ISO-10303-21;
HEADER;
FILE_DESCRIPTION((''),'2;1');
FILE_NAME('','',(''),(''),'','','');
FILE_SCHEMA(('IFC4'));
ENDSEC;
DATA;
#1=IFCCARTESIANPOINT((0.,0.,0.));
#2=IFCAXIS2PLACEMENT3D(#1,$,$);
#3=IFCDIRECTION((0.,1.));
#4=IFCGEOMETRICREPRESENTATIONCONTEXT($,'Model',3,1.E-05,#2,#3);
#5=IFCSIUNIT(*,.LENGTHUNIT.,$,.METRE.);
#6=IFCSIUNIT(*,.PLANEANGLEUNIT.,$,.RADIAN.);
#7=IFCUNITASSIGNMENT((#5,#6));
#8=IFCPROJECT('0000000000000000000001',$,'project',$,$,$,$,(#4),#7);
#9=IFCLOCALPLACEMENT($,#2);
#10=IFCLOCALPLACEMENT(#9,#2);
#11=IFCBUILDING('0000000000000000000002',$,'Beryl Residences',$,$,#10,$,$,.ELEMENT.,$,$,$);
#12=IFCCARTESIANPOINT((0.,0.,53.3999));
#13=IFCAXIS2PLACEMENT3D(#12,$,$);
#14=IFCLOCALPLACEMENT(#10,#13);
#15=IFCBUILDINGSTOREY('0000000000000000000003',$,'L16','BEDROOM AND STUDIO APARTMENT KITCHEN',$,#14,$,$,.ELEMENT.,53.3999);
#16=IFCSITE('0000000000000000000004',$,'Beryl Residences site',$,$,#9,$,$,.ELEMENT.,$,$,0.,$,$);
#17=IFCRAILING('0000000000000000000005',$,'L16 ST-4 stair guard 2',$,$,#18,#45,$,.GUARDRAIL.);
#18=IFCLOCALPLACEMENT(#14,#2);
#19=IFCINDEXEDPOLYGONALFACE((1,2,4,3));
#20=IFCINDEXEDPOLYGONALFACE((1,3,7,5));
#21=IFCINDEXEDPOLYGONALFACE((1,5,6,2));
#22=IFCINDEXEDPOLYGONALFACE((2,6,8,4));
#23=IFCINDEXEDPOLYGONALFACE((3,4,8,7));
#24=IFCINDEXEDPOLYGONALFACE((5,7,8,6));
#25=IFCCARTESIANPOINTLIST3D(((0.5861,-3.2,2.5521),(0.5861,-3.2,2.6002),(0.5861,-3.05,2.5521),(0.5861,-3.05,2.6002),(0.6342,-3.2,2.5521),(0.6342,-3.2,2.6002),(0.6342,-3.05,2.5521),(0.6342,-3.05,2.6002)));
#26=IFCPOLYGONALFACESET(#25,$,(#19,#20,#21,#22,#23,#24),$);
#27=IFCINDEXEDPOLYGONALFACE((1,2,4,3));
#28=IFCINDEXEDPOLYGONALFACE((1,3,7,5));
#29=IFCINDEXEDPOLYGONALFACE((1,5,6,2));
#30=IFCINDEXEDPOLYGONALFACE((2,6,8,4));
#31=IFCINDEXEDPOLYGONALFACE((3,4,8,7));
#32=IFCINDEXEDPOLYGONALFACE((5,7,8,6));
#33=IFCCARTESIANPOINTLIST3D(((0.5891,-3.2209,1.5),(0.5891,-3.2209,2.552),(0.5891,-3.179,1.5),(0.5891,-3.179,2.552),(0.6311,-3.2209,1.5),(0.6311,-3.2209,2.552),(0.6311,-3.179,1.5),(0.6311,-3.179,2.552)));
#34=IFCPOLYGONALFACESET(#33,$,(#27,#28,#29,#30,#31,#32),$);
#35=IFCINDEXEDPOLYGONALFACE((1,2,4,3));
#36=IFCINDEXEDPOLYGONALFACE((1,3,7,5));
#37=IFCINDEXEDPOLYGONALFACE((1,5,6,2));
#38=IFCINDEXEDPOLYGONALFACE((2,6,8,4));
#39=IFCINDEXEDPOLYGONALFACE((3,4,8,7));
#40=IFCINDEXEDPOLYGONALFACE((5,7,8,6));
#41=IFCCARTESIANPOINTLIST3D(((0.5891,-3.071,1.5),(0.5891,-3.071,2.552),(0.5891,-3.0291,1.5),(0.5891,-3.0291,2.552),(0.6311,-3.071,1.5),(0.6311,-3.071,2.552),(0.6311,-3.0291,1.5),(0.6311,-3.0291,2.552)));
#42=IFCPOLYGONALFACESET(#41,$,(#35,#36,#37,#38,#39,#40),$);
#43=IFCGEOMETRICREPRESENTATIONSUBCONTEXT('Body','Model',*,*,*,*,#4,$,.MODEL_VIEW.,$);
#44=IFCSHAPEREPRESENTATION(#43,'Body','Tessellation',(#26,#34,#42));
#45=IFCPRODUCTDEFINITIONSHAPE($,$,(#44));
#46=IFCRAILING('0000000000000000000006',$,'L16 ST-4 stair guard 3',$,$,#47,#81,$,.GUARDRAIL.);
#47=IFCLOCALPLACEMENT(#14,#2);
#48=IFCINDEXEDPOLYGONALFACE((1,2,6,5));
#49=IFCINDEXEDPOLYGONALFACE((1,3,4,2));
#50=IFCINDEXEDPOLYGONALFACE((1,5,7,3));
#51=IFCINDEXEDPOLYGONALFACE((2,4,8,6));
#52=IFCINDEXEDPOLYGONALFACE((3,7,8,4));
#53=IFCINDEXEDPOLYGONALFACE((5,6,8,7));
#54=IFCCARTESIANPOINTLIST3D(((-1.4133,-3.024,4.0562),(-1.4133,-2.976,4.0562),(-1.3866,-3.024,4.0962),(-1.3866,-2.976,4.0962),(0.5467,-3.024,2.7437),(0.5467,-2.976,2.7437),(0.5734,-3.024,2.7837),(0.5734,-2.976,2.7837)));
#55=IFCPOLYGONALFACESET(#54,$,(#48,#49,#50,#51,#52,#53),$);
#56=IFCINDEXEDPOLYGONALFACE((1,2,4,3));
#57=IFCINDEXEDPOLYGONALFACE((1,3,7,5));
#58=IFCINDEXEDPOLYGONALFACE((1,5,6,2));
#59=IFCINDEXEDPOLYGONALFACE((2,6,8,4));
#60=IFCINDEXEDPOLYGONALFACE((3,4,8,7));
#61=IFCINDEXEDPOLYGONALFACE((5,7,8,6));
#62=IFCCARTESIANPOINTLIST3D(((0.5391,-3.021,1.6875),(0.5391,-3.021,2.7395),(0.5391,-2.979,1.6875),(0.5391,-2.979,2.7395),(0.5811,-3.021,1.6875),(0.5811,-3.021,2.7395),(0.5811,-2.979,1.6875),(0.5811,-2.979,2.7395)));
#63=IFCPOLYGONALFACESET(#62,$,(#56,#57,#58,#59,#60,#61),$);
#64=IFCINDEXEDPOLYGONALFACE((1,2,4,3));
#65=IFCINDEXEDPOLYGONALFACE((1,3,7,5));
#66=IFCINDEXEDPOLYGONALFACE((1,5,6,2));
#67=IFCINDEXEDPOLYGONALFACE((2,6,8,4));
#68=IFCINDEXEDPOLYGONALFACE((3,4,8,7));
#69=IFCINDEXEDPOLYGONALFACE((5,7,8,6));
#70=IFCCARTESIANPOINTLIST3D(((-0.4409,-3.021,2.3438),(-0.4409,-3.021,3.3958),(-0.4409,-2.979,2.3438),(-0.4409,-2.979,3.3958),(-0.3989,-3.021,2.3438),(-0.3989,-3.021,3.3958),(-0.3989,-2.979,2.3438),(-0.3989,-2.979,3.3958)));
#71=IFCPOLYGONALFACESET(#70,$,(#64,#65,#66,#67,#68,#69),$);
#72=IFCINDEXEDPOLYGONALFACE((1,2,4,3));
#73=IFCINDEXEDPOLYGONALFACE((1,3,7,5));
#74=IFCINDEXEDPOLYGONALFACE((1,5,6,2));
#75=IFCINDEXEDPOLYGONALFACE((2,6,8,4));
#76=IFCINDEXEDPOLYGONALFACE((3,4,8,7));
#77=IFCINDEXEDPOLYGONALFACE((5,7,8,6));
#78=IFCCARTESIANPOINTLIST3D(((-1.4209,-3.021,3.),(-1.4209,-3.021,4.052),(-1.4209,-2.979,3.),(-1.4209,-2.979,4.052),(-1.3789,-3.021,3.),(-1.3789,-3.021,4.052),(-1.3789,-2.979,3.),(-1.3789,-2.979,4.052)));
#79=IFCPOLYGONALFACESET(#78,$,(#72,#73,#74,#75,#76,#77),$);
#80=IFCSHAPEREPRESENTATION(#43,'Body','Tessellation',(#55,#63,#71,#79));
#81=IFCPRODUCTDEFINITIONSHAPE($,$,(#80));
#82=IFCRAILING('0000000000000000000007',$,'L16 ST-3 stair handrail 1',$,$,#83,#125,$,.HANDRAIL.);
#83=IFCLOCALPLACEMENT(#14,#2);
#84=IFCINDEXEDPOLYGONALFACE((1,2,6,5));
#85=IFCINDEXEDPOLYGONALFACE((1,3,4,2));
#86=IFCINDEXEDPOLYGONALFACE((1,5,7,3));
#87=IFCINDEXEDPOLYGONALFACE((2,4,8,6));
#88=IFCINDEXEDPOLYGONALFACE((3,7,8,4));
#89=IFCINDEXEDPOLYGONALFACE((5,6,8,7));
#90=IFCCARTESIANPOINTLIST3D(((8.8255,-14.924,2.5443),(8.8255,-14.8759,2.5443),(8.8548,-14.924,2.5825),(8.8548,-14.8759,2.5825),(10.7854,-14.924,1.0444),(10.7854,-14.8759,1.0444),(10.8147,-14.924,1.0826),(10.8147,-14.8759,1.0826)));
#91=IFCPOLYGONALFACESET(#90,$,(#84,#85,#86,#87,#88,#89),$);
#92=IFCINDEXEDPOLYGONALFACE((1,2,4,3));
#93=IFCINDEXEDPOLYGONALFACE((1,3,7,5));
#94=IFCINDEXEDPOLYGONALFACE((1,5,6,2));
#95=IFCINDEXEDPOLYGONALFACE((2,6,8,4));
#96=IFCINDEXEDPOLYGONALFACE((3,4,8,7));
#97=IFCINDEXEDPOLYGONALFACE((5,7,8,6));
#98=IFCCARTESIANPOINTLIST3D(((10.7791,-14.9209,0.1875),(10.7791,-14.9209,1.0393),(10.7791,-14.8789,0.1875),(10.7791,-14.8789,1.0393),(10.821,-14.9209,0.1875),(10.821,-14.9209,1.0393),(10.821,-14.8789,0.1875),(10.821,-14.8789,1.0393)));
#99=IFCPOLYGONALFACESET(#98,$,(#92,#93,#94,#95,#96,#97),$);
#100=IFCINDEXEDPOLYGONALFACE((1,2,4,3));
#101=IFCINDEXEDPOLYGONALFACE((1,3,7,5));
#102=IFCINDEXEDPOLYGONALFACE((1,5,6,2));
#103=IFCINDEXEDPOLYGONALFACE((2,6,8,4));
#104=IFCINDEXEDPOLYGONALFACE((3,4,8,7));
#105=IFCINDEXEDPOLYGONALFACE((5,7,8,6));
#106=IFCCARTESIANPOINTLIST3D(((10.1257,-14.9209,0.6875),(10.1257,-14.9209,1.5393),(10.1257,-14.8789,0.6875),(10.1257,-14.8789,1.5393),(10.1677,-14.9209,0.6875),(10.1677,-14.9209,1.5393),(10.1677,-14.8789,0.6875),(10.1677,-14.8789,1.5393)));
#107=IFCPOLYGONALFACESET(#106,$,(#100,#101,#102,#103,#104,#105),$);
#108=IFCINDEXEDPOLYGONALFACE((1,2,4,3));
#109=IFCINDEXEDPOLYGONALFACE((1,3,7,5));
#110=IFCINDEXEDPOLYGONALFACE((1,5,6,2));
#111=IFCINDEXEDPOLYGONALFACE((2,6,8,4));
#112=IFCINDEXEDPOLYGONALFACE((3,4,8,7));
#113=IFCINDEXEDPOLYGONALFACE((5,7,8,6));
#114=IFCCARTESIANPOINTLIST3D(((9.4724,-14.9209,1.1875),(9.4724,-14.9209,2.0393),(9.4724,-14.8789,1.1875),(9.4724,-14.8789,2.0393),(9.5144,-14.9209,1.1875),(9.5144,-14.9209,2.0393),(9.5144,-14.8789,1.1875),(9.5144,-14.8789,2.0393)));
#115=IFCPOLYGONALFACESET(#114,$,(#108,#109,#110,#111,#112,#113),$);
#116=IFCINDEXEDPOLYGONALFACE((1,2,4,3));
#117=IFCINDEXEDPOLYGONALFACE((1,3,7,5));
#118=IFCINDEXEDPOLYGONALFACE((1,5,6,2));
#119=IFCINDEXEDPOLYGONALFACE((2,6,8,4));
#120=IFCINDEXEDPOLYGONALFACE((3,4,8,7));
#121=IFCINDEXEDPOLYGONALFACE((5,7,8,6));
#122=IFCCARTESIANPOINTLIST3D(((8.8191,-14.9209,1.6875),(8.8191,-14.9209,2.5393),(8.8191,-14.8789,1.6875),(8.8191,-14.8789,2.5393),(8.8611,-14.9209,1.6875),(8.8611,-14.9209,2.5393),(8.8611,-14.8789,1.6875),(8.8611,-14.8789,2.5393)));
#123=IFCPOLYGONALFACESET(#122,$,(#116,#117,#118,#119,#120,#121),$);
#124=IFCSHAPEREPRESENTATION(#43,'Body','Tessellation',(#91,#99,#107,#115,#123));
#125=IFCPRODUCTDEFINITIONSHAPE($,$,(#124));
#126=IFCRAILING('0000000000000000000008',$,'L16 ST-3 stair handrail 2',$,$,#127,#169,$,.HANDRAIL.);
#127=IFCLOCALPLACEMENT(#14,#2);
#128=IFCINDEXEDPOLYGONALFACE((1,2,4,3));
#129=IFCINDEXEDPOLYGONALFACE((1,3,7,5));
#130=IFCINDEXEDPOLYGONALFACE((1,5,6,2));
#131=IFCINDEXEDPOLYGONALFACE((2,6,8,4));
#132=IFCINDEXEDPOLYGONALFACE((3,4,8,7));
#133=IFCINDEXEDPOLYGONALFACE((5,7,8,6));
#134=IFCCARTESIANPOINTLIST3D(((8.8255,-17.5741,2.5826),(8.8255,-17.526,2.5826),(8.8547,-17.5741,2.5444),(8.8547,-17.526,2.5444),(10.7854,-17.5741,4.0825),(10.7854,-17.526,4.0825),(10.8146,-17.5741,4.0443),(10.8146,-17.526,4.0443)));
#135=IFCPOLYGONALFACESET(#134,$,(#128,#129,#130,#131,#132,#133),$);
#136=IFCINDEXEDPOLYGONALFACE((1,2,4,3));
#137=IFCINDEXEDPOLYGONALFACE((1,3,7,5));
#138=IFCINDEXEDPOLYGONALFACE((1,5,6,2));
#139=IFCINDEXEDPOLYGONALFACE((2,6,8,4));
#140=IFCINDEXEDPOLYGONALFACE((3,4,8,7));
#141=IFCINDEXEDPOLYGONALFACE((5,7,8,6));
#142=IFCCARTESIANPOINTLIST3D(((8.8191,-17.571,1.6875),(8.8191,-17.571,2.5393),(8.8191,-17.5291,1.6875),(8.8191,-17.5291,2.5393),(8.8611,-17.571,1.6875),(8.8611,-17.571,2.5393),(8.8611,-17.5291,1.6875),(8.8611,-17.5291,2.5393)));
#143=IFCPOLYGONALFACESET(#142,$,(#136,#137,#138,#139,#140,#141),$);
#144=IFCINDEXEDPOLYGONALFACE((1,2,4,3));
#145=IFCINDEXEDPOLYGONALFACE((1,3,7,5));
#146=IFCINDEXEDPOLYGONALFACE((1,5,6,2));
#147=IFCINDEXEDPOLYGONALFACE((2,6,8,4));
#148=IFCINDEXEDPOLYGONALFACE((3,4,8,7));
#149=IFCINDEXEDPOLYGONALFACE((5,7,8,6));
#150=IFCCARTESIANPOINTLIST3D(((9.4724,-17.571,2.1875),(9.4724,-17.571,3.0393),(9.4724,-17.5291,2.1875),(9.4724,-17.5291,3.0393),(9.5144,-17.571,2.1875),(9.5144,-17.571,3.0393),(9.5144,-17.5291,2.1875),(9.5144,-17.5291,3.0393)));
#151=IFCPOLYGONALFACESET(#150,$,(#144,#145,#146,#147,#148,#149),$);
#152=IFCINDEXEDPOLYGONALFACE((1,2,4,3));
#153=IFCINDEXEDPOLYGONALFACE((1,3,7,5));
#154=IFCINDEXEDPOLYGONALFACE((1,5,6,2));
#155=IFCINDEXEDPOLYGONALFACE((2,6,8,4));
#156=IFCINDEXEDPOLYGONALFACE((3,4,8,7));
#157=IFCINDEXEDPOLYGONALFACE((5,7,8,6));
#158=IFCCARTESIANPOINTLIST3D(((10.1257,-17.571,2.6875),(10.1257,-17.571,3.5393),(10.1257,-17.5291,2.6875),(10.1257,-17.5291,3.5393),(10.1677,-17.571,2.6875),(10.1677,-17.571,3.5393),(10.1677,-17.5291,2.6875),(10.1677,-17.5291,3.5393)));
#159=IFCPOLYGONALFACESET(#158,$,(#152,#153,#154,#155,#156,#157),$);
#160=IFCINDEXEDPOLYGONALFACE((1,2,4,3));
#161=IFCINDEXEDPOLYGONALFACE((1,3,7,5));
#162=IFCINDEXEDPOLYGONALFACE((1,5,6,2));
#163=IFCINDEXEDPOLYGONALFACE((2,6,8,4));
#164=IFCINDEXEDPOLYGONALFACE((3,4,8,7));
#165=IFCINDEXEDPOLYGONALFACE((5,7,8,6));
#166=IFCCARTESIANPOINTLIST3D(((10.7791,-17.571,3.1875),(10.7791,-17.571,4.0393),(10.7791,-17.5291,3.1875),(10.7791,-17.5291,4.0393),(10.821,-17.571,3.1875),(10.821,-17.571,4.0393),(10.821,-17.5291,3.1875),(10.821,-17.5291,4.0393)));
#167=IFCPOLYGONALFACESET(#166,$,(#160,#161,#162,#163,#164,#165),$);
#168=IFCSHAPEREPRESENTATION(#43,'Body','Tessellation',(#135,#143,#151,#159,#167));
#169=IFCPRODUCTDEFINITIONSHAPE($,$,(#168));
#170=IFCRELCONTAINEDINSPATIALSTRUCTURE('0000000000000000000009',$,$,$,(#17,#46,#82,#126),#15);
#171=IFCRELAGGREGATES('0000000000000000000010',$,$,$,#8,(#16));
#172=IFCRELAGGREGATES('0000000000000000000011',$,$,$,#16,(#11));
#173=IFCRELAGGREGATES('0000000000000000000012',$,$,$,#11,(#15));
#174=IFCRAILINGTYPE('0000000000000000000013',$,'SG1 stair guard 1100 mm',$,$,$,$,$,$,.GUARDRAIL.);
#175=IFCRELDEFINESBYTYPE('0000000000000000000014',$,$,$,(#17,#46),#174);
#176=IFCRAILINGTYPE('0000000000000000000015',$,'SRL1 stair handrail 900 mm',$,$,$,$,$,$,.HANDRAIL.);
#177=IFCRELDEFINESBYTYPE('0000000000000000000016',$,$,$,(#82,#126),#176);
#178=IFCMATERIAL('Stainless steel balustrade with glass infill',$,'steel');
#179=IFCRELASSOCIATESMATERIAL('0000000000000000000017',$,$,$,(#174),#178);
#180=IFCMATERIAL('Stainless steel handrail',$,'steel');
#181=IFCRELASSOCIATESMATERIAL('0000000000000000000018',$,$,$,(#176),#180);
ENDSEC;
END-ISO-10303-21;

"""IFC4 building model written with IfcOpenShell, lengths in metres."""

from ifc_helpers import new_model, si_unit, direction, frame, origin, origin_2d, place, context, subcontext, project, spatial, rectangle, extrude, material, type_object, element, save


model = new_model("IFC4")

# Units and contexts
model_context = context("Model", 3, precision=1e-05, world=origin(), true_north=direction((0.0, 1.0)))
body_context = subcontext(model_context, "Body", "Model", "MODEL_VIEW")
ifc_project = project(units=[si_unit("LENGTHUNIT", "METRE"), si_unit("PLANEANGLEUNIT", "RADIAN")], contexts=[model_context])

# Site, building, storey
site_placement = place(None, origin())
site = spatial("IfcSite", under=ifc_project, at=site_placement, Name="Beryl Residences site", CompositionType="ELEMENT", RefElevation=0.0)
building_placement = place(site_placement, origin())
building = spatial("IfcBuilding", under=site, at=building_placement, Name="Beryl Residences", CompositionType="ELEMENT")
storey_placement = place(building_placement, frame((0.0, 0.0, 53.3999)))
storey = spatial("IfcBuildingStorey", under=building, at=storey_placement, Name="L16", Description="BEDROOM AND STUDIO APARTMENT KITCHEN", CompositionType="ELEMENT", Elevation=53.3999)

# Railings
ifc_material_1 = material(Name="Stainless steel balustrade with glass infill", Category="steel")
railing_type_1 = type_object("IfcRailingType", Name="SG1 stair guard 1100 mm", PredefinedType="GUARDRAIL", material=ifc_material_1)
railing_1_placement = place(storey_placement, frame((0.6101, -3.2, 1.5)))
element("IfcRailing", 1, at=railing_1_placement, inside=storey, type_object=railing_type_1, Name="L16 ST-4 stair guard 2", PredefinedType="GUARDRAIL", context=body_context, shape_type="SweptSolid", body=[
    extrude(rectangle(XDim=0.0481, YDim=0.0481, at=origin_2d()), frame((0.0, 0.0, 1.0762), z_axis=(0.0, 1.0, 0.0), x_axis=(-1.0, 0.0, 0.0)), (0.0, 0.0, 1.0), 0.1499),
    extrude(rectangle(XDim=0.042, YDim=0.042, at=origin_2d()), origin(), (0.0, 0.0, 1.0), 1.052),
    extrude(rectangle(XDim=0.042, YDim=0.042, at=origin_2d()), frame((0.0, 0.1499, 0.0)), (0.0, 0.0, 1.0), 1.052),
])
railing_2_placement = place(storey_placement, frame((0.5601, -3.0, 1.6875)))
element("IfcRailing", 2, at=railing_2_placement, inside=storey, type_object=railing_type_1, Name="L16 ST-4 stair guard 3", PredefinedType="GUARDRAIL", context=body_context, shape_type="SweptSolid", body=[
    extrude(rectangle(XDim=0.0481, YDim=0.0481, at=origin_2d()), frame((0.0, 0.0, 1.0762), z_axis=(-0.830902, 0.0, 0.556419), x_axis=(0.0, -1.0, 0.0)), (0.0, 0.0, 1.0), 2.3589),
    extrude(rectangle(XDim=0.042, YDim=0.042, at=origin_2d()), origin(), (0.0, 0.0, 1.0), 1.052),
    extrude(rectangle(XDim=0.042, YDim=0.042, at=origin_2d()), frame((-0.98, 0.0, 0.6562)), (0.0, 0.0, 1.0), 1.052),
    extrude(rectangle(XDim=0.042, YDim=0.042, at=origin_2d()), frame((-1.96, 0.0, 1.3125)), (0.0, 0.0, 1.0), 1.052),
])
ifc_material_2 = material(Name="Stainless steel handrail", Category="steel")
railing_type_2 = type_object("IfcRailingType", Name="SRL1 stair handrail 900 mm", PredefinedType="HANDRAIL", material=ifc_material_2)
railing_3_placement = place(storey_placement, frame((10.8, -14.8999, 0.1875)))
element("IfcRailing", 3, at=railing_3_placement, inside=storey, type_object=railing_type_2, Name="L16 ST-3 stair handrail 1", PredefinedType="HANDRAIL", context=body_context, shape_type="SweptSolid", body=[
    extrude(rectangle(XDim=0.0481, YDim=0.0481, at=origin_2d()), frame((0.0, 0.0, 0.876), z_axis=(-0.794122, 0.0, 0.607758), x_axis=(0.0, -1.0, 0.0)), (0.0, 0.0, 1.0), 2.468),
    extrude(rectangle(XDim=0.042, YDim=0.042, at=origin_2d()), origin(), (0.0, 0.0, 1.0), 0.8518),
    extrude(rectangle(XDim=0.042, YDim=0.042, at=origin_2d()), frame((-0.6533, 0.0, 0.5)), (0.0, 0.0, 1.0), 0.8518),
    extrude(rectangle(XDim=0.042, YDim=0.042, at=origin_2d()), frame((-1.3066, 0.0, 1.0)), (0.0, 0.0, 1.0), 0.8518),
    extrude(rectangle(XDim=0.042, YDim=0.042, at=origin_2d()), frame((-1.96, 0.0, 1.5)), (0.0, 0.0, 1.0), 0.8518),
])
railing_4_placement = place(storey_placement, frame((8.8401, -17.55, 1.6875)))
element("IfcRailing", 4, at=railing_4_placement, inside=storey, type_object=railing_type_2, Name="L16 ST-3 stair handrail 2", PredefinedType="HANDRAIL", context=body_context, shape_type="SweptSolid", body=[
    extrude(rectangle(XDim=0.0481, YDim=0.0481, at=origin_2d()), frame((0.0, 0.0, 0.876), z_axis=(0.794122, 0.0, 0.607758), x_axis=(0.0, 1.0, 0.0)), (0.0, 0.0, 1.0), 2.468),
    extrude(rectangle(XDim=0.042, YDim=0.042, at=origin_2d()), origin(), (0.0, 0.0, 1.0), 0.8518),
    extrude(rectangle(XDim=0.042, YDim=0.042, at=origin_2d()), frame((0.6533, 0.0, 0.5)), (0.0, 0.0, 1.0), 0.8518),
    extrude(rectangle(XDim=0.042, YDim=0.042, at=origin_2d()), frame((1.3066, 0.0, 1.0)), (0.0, 0.0, 1.0), 0.8518),
    extrude(rectangle(XDim=0.042, YDim=0.042, at=origin_2d()), frame((1.96, 0.0, 1.5)), (0.0, 0.0, 1.0), 0.8518),
])

save(model, "model.ifc")
